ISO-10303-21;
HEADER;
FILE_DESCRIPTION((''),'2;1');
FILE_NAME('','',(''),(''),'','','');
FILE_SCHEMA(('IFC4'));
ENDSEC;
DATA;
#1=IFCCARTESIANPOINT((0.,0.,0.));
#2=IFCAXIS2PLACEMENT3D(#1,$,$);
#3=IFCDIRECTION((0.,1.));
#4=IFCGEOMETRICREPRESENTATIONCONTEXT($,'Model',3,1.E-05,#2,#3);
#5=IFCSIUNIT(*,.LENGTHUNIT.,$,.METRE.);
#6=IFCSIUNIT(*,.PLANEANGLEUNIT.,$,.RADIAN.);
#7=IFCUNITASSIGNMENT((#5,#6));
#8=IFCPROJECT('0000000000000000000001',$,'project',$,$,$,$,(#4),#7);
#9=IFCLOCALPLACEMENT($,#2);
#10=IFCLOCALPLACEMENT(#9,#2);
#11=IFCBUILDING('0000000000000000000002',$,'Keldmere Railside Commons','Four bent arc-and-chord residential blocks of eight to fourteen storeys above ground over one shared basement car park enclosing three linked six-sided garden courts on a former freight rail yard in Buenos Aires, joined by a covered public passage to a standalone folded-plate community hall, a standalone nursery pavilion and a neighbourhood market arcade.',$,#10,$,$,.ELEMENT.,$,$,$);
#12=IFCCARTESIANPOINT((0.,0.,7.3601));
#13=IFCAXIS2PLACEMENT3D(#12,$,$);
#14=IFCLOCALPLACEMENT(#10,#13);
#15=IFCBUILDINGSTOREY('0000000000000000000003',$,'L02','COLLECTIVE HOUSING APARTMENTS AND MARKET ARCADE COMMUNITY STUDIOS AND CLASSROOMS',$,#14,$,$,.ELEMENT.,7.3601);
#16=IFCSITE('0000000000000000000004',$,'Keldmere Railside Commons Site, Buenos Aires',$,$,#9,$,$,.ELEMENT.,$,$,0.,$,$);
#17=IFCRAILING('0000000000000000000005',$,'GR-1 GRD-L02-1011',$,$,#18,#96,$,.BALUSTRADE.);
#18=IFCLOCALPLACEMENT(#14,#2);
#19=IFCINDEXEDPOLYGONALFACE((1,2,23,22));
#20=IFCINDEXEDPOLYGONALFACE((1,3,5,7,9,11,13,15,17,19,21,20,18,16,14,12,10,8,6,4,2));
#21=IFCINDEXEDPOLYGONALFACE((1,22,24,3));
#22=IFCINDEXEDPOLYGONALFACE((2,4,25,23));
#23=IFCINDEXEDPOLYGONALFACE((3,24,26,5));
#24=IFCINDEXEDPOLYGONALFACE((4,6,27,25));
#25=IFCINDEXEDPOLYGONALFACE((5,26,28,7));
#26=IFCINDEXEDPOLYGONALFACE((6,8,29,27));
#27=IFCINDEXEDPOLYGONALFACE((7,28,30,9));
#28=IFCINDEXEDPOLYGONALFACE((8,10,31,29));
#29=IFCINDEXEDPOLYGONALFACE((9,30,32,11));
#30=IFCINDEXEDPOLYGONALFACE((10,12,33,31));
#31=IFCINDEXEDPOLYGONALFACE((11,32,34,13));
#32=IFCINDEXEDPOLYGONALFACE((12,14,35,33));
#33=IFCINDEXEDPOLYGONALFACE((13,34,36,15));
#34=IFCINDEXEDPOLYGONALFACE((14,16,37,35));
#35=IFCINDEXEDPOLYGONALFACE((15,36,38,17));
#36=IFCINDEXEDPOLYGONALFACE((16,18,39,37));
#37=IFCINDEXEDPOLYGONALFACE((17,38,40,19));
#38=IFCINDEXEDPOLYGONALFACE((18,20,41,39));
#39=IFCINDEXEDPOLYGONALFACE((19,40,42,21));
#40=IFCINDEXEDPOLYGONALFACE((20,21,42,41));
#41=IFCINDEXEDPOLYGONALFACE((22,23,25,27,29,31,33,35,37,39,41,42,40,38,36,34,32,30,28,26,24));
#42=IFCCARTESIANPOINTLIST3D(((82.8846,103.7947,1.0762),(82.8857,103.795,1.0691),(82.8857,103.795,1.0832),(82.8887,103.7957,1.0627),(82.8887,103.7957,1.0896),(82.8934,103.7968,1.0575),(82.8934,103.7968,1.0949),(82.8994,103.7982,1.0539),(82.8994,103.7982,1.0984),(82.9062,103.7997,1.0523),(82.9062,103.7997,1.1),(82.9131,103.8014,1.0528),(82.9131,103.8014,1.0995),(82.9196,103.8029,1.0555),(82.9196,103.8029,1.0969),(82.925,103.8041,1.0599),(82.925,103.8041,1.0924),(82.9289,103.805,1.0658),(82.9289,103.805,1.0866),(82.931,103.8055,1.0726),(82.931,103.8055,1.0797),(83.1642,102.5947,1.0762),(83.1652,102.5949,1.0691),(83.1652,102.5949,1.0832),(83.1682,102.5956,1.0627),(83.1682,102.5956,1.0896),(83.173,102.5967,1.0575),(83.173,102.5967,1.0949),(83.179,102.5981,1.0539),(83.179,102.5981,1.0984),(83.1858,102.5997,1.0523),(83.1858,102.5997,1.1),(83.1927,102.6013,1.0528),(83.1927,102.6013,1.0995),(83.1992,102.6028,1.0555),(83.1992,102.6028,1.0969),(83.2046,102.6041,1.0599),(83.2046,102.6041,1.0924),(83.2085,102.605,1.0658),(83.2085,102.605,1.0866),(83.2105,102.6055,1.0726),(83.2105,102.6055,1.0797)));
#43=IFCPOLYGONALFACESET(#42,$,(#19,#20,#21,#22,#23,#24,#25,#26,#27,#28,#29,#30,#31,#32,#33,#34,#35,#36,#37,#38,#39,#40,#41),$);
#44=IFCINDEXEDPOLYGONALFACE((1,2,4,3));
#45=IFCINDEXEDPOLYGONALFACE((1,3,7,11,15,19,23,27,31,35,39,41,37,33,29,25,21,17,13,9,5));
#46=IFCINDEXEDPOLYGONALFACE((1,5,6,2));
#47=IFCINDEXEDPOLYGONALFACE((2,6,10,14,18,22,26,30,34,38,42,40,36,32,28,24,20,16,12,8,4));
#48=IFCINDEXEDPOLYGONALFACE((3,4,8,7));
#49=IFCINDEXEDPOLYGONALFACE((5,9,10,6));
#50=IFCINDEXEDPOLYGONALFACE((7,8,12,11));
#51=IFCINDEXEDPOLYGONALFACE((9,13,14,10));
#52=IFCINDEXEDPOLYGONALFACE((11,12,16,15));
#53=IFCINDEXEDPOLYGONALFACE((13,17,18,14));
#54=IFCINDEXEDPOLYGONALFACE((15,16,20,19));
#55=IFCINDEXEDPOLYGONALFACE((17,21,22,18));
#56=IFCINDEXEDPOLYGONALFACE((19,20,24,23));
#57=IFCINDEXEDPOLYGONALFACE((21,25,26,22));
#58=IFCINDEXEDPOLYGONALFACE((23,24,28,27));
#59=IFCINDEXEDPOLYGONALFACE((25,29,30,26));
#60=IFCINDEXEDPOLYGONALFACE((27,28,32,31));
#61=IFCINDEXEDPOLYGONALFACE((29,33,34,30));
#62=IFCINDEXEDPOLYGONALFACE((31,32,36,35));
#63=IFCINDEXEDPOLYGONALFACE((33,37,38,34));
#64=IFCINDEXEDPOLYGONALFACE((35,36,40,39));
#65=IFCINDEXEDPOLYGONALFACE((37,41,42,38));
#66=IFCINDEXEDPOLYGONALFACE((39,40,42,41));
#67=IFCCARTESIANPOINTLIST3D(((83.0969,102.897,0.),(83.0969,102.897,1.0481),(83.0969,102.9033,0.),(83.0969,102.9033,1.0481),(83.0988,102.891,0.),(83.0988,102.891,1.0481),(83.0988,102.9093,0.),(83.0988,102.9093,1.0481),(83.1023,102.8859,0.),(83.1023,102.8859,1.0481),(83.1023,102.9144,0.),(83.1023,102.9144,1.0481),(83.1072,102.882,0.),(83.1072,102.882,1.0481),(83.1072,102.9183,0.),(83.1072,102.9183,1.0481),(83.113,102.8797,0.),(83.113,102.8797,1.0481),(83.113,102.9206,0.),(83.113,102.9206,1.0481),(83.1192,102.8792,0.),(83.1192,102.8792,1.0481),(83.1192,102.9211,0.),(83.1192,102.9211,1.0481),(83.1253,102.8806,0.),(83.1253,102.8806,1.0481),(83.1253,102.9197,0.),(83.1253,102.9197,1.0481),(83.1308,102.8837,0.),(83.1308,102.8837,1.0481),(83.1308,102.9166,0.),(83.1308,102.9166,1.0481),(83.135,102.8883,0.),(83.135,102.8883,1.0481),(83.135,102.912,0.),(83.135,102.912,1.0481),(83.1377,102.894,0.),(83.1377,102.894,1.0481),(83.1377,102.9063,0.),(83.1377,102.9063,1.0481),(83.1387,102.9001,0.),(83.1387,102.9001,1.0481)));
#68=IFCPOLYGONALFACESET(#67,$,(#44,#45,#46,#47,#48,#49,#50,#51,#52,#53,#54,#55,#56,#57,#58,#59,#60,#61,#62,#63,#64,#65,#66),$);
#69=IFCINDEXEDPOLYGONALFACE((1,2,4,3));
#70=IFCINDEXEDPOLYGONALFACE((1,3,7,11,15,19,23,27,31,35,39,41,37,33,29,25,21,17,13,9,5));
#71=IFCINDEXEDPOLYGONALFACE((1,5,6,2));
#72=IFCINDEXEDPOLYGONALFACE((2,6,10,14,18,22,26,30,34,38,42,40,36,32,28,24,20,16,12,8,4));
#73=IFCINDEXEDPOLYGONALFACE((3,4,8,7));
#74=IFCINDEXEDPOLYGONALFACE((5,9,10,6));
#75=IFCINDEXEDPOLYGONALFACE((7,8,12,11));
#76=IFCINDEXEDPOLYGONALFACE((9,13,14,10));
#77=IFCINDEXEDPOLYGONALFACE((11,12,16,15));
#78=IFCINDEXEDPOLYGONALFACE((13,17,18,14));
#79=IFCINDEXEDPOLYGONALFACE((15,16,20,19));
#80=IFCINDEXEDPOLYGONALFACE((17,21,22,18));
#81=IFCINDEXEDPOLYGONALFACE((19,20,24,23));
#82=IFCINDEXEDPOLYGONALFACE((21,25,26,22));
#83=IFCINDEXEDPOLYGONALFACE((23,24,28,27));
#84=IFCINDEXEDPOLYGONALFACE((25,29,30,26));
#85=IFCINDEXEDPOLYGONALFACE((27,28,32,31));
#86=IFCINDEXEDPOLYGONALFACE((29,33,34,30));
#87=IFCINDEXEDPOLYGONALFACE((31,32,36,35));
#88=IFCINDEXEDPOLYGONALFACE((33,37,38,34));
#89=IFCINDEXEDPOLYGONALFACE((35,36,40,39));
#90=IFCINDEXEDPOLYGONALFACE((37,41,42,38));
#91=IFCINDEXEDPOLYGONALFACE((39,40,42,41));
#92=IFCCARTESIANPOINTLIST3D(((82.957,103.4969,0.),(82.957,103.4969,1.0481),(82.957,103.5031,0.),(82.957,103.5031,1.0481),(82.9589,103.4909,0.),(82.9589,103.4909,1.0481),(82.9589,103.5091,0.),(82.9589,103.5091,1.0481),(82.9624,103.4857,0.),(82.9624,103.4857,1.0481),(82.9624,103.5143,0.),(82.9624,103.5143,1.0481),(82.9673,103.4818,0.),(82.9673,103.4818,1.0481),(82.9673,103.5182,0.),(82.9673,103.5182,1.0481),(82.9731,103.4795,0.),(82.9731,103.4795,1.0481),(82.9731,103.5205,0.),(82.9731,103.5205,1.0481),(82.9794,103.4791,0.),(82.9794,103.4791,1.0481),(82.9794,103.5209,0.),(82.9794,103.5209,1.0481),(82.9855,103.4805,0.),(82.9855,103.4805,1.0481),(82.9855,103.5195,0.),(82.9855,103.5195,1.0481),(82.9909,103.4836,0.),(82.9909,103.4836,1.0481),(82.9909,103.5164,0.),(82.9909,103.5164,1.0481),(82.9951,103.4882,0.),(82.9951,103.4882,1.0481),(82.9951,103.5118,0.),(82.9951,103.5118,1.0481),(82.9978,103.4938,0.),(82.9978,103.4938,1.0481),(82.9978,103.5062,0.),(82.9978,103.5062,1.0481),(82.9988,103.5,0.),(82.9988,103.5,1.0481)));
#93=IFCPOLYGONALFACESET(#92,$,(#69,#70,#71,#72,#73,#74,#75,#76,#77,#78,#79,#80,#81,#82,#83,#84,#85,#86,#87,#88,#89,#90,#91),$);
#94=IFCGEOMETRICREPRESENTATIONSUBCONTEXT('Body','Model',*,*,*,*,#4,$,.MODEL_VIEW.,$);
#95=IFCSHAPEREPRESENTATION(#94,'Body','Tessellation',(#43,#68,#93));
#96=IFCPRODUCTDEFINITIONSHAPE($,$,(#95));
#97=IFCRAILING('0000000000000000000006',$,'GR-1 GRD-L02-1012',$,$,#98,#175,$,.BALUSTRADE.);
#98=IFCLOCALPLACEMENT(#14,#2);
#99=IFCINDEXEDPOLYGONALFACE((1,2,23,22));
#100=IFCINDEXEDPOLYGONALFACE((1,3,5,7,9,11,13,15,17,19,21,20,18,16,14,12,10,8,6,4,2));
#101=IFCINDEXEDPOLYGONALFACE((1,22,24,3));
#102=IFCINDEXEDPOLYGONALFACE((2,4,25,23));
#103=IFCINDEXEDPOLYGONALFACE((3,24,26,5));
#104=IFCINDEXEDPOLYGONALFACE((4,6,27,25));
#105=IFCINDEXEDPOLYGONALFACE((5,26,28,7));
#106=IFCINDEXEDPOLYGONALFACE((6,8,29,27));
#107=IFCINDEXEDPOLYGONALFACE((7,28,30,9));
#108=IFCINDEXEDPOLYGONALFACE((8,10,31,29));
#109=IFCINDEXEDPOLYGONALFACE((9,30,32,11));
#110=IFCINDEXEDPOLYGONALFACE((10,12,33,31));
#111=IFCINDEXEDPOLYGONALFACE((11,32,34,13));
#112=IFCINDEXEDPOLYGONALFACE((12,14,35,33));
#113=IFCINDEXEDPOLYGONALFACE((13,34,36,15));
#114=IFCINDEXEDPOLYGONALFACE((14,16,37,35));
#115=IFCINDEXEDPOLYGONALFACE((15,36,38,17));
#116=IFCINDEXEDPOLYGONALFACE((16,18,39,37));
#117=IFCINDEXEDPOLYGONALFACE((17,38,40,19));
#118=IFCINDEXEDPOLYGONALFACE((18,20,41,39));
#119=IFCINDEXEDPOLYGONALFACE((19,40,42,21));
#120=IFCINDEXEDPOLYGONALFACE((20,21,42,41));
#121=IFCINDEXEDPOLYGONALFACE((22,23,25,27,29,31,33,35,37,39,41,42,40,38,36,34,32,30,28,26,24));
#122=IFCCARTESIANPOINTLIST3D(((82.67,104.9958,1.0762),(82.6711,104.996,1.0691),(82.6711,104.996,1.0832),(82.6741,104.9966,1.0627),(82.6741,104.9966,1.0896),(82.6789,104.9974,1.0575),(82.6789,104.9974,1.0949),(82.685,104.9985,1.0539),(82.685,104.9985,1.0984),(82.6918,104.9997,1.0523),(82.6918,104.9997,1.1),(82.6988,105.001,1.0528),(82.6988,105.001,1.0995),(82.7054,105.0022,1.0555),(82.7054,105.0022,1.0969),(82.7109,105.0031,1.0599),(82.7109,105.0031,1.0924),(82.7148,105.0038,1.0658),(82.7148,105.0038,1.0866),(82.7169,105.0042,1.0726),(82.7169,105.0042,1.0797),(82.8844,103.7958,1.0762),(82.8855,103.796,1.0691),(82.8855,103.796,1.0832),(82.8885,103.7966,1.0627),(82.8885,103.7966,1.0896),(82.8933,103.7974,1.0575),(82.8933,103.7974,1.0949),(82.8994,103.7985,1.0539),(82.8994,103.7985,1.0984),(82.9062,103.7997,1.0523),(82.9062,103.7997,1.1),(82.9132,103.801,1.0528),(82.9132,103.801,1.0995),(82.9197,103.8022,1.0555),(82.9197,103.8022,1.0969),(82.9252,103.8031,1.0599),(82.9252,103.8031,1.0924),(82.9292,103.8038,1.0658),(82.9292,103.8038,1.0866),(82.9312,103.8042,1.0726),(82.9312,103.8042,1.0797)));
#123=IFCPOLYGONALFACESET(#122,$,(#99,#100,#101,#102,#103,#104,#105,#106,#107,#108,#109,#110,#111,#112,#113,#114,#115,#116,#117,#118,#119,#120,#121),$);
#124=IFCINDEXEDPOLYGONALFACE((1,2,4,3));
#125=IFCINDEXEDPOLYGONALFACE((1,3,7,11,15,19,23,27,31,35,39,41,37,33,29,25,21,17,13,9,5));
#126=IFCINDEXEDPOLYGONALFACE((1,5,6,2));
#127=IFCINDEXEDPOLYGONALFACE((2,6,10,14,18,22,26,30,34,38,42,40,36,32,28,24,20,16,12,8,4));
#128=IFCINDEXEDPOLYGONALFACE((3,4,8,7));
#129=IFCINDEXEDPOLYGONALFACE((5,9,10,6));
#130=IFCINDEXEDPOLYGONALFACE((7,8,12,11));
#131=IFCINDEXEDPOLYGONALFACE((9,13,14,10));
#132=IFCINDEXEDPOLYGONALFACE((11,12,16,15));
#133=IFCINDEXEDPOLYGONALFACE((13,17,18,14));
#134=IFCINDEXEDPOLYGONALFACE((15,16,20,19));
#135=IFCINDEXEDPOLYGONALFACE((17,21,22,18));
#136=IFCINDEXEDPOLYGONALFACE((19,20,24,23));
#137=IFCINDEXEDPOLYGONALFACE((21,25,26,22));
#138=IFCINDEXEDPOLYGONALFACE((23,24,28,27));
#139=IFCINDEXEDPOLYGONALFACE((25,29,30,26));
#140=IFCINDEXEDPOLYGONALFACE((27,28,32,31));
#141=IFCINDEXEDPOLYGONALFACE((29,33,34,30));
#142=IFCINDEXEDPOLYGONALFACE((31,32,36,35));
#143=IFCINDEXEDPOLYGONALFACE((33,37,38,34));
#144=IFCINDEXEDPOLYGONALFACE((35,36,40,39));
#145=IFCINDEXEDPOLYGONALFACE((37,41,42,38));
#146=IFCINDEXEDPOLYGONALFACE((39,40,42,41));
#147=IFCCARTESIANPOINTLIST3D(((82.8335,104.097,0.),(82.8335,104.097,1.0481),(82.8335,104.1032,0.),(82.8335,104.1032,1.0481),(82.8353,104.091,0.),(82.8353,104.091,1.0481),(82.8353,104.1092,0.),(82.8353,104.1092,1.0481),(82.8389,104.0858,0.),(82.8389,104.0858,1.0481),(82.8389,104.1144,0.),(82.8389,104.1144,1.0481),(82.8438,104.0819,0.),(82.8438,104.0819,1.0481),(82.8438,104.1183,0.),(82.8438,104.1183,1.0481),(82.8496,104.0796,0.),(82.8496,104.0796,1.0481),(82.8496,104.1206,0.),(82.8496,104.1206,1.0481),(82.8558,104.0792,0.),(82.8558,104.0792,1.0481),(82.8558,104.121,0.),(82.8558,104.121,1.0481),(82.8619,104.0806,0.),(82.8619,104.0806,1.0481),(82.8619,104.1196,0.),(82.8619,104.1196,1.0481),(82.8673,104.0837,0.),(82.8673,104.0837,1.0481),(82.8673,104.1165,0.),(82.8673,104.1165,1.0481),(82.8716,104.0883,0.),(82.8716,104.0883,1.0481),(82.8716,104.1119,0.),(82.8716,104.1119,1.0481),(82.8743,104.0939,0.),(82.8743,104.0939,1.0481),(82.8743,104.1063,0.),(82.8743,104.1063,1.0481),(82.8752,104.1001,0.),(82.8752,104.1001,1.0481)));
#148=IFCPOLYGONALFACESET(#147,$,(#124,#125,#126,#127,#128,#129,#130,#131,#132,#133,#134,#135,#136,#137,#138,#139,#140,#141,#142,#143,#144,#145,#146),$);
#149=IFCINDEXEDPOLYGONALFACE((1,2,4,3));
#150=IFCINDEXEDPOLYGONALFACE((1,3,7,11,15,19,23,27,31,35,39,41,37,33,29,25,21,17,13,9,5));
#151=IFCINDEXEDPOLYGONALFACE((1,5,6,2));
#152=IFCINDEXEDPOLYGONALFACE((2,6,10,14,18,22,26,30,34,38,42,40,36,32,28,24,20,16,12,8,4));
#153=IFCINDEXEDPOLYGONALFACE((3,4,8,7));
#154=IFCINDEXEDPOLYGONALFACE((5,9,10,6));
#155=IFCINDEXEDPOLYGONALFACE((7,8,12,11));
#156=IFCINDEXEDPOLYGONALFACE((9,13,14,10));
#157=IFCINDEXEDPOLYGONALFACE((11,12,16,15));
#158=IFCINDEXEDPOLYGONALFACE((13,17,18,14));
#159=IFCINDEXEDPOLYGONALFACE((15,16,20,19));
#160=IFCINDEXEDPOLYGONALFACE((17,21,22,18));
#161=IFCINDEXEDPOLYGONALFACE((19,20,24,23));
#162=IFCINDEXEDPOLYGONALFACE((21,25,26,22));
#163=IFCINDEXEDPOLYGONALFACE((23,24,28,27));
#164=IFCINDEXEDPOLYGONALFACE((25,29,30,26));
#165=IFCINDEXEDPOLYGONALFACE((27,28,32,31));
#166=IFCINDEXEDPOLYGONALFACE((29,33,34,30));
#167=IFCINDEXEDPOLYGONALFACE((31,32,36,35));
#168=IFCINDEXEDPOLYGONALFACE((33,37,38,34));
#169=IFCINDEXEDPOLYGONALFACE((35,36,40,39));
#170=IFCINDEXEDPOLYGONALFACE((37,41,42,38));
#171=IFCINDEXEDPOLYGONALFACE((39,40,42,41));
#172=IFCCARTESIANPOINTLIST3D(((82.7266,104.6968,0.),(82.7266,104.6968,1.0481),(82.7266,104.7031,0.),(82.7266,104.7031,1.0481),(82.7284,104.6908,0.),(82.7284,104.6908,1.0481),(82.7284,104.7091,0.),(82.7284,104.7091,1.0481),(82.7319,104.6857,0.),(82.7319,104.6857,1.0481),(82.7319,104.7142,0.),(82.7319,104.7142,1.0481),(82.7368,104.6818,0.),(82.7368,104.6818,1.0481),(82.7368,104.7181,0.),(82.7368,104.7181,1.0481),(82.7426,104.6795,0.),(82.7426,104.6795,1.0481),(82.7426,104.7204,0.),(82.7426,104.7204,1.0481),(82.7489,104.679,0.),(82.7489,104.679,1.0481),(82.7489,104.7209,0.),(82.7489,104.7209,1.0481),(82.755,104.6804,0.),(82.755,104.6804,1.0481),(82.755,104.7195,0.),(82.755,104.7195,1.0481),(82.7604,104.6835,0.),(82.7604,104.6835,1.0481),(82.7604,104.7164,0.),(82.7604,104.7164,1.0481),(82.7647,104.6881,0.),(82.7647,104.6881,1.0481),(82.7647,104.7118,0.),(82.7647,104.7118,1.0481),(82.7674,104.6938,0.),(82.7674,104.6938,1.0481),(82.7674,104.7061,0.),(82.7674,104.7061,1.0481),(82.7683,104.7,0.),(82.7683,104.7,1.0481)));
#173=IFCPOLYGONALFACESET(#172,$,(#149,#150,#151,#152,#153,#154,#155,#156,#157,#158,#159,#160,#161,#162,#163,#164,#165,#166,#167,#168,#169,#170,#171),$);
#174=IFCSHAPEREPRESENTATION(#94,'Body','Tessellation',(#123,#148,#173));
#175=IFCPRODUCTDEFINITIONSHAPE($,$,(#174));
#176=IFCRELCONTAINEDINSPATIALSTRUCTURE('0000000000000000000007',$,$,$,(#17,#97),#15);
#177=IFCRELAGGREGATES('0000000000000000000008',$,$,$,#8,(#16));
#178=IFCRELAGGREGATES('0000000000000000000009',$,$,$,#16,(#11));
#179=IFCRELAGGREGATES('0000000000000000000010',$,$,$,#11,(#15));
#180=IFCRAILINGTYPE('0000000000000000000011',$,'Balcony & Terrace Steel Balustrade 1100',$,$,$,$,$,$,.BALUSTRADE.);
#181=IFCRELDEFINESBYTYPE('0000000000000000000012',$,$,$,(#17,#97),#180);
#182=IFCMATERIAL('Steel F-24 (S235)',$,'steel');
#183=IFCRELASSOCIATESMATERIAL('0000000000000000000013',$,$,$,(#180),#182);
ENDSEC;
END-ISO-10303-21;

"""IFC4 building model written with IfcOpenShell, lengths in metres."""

from ifc_helpers import new_model, si_unit, direction, frame, origin, origin_2d, place, context, subcontext, project, spatial, circle, extrude, material, type_object, element, save


model = new_model("IFC4")

# Units and contexts
model_context = context("Model", 3, precision=1e-05, world=origin(), true_north=direction((0.0, 1.0)))
body_context = subcontext(model_context, "Body", "Model", "MODEL_VIEW")
ifc_project = project(units=[si_unit("LENGTHUNIT", "METRE"), si_unit("PLANEANGLEUNIT", "RADIAN")], contexts=[model_context])

# Site, building, storey
site_placement = place(None, origin())
site = spatial("IfcSite", under=ifc_project, at=site_placement, Name="Keldmere Railside Commons Site, Buenos Aires", CompositionType="ELEMENT", RefElevation=0.0)
building_placement = place(site_placement, origin())
building = spatial("IfcBuilding", under=site, at=building_placement, Name="Keldmere Railside Commons", Description="Four bent arc-and-chord residential blocks of eight to fourteen storeys above ground over one shared basement car park enclosing three linked six-sided garden courts on a former freight rail yard in Buenos Aires, joined by a covered public passage to a standalone folded-plate community hall, a standalone nursery pavilion and a neighbourhood market arcade.", CompositionType="ELEMENT")
storey_placement = place(building_placement, frame((0.0, 0.0, 7.3601)))
storey = spatial("IfcBuildingStorey", under=building, at=storey_placement, Name="L02", Description="COLLECTIVE HOUSING APARTMENTS AND MARKET ARCADE COMMUNITY STUDIOS AND CLASSROOMS", CompositionType="ELEMENT", Elevation=7.3601)

# Railings
ifc_material_1 = material(Name="Steel F-24 (S235)", Category="steel")
railing_type = type_object("IfcRailingType", Name="Balcony & Terrace Steel Balustrade 1100", PredefinedType="BALUSTRADE", material=ifc_material_1)
railing_1_placement = place(storey_placement, frame((83.1875, 102.6001, 0.0)))
element("IfcRailing", 1, at=railing_1_placement, inside=storey, type_object=railing_type, Name="GR-1 GRD-L02-1011", PredefinedType="BALUSTRADE", context=body_context, shape_type="SweptSolid", body=[
    extrude(circle(Radius=0.0239, at=origin_2d()), frame((0.0, 0.0, 1.0762), z_axis=(-0.226885, 0.973922, 0.0), x_axis=(-0.973922, -0.226885, 0.0)), (0.0, 0.0, 1.0), 1.2322),
    extrude(circle(Radius=0.021, at=origin_2d()), frame((-0.0698, 0.3, 0.0)), (0.0, 0.0, 1.0), 1.0481),
    extrude(circle(Radius=0.021, at=origin_2d()), frame((-0.2097, 0.8999, 0.0)), (0.0, 0.0, 1.0), 1.0481),
])
railing_2_placement = place(storey_placement, frame((82.908, 103.8, 0.0)))
element("IfcRailing", 2, at=railing_2_placement, inside=storey, type_object=railing_type, Name="GR-1 GRD-L02-1012", PredefinedType="BALUSTRADE", context=body_context, shape_type="SweptSolid", body=[
    extrude(circle(Radius=0.0239, at=origin_2d()), frame((0.0, 0.0, 1.0762), z_axis=(-0.175853, 0.984416, 0.0), x_axis=(-0.984416, -0.175853, 0.0)), (0.0, 0.0, 1.0), 1.219),
    extrude(circle(Radius=0.021, at=origin_2d()), frame((-0.0537, 0.3, 0.0)), (0.0, 0.0, 1.0), 1.0481),
    extrude(circle(Radius=0.021, at=origin_2d()), frame((-0.1606, 0.8999, 0.0)), (0.0, 0.0, 1.0), 1.0481),
])

save(model, "model.ifc")
